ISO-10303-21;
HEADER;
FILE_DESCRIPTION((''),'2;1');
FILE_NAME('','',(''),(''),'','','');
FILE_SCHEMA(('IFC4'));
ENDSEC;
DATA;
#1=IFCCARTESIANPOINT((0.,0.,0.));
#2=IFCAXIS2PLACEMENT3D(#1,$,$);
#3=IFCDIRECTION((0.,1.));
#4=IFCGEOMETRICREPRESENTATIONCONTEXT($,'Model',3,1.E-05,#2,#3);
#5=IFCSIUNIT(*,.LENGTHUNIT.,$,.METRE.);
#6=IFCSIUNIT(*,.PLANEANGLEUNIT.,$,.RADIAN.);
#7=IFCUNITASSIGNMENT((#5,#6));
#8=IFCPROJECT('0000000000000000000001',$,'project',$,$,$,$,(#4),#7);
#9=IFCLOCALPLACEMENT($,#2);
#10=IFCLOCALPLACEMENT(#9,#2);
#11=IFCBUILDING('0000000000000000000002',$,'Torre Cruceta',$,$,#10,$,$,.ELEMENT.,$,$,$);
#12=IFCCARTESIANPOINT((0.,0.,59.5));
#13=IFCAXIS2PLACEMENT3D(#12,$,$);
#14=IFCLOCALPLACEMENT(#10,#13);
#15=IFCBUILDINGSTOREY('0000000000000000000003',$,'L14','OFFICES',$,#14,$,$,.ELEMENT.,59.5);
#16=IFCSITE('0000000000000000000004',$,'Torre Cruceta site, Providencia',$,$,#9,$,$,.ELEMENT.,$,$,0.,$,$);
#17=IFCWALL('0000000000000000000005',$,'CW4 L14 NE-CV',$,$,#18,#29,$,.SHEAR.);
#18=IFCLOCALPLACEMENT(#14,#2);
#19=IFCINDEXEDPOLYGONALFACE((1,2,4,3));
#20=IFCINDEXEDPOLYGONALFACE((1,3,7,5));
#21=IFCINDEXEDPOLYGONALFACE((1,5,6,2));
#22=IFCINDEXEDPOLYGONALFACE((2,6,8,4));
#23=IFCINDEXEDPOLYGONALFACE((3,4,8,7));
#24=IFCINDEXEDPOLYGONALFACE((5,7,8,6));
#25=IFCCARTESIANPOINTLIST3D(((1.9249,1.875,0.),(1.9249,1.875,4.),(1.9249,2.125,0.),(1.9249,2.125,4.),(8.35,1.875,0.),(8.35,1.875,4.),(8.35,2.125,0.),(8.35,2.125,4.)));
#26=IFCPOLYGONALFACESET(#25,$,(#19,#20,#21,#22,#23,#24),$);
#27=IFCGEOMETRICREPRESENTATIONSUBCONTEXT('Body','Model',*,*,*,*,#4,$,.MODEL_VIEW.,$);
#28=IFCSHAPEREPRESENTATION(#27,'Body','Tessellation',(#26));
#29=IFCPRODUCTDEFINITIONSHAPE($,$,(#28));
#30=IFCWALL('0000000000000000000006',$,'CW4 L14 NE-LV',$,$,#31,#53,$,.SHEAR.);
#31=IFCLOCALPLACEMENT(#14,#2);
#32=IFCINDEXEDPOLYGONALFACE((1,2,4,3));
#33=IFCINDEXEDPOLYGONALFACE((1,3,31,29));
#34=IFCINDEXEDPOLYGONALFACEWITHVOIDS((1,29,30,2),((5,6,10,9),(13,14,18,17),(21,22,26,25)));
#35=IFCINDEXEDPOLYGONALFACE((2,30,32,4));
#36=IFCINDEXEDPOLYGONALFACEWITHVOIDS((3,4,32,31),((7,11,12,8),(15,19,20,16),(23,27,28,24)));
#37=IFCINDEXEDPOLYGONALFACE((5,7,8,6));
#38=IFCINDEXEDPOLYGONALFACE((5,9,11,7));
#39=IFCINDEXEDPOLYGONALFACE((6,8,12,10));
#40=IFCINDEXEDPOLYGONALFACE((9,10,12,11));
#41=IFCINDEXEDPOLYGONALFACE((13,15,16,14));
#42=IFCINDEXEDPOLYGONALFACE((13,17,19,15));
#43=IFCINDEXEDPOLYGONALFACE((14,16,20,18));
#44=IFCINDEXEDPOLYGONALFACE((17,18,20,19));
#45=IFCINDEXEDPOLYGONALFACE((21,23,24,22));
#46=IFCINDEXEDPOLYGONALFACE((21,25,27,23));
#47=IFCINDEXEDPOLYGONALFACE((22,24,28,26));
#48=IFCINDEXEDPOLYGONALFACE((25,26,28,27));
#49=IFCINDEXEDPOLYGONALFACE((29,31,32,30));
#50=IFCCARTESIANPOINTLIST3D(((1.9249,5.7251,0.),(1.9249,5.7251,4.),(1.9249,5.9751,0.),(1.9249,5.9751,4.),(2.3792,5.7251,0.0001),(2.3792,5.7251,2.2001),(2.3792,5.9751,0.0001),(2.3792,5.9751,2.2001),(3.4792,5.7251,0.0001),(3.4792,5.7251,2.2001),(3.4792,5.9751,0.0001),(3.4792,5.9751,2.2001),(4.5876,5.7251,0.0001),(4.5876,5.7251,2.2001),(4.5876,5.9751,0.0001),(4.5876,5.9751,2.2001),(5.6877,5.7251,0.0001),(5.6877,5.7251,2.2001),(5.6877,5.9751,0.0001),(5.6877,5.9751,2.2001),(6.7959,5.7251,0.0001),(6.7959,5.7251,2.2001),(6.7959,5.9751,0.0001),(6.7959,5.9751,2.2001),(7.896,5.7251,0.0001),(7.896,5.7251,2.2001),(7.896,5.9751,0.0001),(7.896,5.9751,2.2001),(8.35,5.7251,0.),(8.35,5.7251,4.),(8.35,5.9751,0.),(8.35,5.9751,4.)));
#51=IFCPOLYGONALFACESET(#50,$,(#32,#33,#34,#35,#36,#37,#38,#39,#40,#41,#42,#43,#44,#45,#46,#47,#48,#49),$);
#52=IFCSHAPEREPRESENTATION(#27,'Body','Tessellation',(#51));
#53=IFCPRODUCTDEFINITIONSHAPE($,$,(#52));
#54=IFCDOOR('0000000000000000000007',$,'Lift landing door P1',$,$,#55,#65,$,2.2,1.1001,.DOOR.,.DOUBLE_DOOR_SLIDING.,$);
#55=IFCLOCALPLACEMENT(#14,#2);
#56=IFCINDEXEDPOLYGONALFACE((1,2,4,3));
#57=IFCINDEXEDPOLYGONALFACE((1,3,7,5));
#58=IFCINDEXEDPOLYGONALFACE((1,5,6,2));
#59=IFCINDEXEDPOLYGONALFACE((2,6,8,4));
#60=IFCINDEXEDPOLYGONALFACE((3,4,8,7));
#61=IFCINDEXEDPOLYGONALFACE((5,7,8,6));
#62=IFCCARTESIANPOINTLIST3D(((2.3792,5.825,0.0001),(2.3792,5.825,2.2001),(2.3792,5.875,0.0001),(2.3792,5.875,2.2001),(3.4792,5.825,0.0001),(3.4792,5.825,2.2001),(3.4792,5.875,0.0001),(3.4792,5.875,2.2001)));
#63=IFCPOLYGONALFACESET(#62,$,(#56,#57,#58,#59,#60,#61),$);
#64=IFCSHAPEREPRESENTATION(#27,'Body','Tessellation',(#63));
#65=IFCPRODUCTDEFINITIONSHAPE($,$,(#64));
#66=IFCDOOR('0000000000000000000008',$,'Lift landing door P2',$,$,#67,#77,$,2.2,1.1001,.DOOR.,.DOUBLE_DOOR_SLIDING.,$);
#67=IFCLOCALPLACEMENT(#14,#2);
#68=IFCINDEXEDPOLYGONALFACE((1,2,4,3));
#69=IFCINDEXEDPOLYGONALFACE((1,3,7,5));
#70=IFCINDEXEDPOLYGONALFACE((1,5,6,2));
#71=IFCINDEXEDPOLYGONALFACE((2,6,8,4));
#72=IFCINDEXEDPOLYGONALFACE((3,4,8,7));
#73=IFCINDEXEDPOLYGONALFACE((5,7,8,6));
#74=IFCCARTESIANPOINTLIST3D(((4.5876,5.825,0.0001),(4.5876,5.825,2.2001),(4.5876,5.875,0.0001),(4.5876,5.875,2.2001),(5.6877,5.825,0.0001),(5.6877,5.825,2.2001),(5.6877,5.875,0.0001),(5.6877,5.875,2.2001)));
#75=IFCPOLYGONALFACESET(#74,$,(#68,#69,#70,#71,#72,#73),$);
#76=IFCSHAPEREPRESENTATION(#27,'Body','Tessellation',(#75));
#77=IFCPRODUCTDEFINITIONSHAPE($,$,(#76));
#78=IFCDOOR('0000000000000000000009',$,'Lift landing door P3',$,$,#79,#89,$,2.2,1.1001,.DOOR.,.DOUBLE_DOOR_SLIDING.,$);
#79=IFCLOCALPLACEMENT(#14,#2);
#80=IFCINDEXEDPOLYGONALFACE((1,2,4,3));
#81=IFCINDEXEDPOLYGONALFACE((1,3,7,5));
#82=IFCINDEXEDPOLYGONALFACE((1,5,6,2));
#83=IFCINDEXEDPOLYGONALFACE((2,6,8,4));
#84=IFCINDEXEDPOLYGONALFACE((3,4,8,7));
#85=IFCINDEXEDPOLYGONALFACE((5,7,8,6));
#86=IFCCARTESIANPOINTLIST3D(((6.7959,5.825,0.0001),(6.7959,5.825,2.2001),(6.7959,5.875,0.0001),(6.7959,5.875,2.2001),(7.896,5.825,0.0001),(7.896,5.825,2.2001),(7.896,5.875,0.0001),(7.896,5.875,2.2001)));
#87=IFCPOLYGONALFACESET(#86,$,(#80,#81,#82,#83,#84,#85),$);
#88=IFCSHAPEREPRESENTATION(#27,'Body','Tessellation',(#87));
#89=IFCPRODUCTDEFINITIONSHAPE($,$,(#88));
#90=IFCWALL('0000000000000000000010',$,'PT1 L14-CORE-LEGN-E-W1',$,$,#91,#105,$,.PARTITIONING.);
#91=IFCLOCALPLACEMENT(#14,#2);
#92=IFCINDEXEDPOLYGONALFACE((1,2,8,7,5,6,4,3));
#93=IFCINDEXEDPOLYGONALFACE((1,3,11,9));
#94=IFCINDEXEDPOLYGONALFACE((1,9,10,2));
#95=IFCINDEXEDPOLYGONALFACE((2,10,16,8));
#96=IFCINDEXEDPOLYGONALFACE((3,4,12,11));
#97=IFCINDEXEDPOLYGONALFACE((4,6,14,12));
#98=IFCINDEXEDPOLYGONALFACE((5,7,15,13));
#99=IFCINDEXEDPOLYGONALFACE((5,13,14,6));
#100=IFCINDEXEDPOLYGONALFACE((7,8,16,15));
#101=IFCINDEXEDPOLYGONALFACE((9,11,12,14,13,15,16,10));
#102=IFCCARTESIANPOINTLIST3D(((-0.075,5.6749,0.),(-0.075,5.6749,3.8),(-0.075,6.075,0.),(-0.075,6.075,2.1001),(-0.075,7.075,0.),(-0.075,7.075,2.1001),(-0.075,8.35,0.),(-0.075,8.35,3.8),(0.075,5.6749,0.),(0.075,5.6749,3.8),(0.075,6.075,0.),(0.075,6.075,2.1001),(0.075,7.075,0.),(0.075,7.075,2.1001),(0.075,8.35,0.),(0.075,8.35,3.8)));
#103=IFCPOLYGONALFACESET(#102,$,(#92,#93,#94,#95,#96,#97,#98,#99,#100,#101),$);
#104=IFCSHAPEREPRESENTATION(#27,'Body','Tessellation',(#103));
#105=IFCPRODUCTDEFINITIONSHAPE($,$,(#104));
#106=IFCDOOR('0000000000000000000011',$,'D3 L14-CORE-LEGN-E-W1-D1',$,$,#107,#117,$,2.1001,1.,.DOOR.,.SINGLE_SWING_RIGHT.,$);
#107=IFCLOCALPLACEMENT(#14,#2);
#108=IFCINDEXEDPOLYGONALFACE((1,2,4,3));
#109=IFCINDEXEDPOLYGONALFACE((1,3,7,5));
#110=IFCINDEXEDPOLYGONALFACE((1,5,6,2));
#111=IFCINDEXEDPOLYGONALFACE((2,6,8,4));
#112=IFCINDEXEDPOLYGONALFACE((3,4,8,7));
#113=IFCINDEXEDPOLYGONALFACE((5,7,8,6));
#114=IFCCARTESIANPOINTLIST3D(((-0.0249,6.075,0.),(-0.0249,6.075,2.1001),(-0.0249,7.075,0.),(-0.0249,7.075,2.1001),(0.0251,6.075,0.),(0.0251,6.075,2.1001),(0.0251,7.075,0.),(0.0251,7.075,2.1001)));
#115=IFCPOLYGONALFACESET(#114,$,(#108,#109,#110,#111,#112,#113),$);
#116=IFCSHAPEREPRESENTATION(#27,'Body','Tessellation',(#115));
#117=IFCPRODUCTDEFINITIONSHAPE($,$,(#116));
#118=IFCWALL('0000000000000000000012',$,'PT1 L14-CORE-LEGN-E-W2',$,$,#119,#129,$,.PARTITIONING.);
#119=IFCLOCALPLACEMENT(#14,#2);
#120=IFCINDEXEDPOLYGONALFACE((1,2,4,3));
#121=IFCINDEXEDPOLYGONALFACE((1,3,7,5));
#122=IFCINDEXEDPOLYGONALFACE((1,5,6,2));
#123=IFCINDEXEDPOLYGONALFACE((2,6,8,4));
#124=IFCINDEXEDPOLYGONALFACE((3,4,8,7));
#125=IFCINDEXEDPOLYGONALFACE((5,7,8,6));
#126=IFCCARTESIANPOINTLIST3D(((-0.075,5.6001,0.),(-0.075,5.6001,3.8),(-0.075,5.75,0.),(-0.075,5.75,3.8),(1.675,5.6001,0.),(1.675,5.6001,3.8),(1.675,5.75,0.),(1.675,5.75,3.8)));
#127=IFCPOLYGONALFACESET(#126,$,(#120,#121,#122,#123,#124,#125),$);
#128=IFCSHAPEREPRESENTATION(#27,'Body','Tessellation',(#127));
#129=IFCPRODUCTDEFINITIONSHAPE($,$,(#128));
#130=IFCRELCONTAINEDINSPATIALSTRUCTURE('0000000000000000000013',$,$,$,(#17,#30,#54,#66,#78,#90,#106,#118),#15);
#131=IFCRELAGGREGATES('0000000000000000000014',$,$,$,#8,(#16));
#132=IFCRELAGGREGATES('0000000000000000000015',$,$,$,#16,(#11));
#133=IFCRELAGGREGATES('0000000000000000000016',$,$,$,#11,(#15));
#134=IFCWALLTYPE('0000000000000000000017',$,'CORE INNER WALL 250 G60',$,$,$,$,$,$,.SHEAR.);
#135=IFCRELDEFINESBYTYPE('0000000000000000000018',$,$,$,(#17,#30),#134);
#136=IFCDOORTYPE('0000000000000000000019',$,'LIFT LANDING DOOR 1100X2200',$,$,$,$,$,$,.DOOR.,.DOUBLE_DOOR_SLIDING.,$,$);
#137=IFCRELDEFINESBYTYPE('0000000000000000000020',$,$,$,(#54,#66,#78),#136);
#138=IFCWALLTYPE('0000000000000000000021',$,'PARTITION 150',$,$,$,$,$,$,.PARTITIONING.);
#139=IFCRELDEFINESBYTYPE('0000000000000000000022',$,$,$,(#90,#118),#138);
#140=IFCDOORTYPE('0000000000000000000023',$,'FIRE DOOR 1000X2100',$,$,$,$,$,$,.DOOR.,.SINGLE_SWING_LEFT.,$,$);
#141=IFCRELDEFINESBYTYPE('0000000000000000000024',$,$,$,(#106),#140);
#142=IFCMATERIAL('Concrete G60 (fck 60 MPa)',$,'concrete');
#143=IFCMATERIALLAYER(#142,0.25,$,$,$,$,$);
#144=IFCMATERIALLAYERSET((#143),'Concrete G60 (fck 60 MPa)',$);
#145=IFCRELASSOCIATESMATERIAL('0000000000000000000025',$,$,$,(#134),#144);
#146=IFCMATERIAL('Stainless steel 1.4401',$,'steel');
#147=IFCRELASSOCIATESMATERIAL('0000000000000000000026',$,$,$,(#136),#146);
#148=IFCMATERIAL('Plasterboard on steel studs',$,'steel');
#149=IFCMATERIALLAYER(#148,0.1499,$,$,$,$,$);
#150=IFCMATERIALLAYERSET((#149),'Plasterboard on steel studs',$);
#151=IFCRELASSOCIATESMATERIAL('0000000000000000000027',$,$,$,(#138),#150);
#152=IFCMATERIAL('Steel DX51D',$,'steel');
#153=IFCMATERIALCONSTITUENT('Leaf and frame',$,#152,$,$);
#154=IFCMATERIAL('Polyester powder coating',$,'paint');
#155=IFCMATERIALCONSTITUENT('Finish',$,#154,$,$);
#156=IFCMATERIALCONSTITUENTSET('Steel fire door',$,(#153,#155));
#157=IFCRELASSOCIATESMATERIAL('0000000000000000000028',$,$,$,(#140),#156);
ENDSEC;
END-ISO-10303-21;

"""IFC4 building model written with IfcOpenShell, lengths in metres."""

from ifc_helpers import new_model, si_unit, direction, frame, frame_2d, origin, place, context, subcontext, project, spatial, rectangle, extrude, material, layer, layer_set, constituent, constituent_set, type_object, element, fill, save


model = new_model("IFC4")

# Units and contexts
model_context = context("Model", 3, precision=1e-05, world=origin(), true_north=direction((0.0, 1.0)))
body_context = subcontext(model_context, "Body", "Model", "MODEL_VIEW")
ifc_project = project(units=[si_unit("LENGTHUNIT", "METRE"), si_unit("PLANEANGLEUNIT", "RADIAN")], contexts=[model_context])

# Site, building, storey
site_placement = place(None, origin())
site = spatial("IfcSite", under=ifc_project, at=site_placement, Name="Torre Cruceta site, Providencia", CompositionType="ELEMENT", RefElevation=0.0)
building_placement = place(site_placement, origin())
building = spatial("IfcBuilding", under=site, at=building_placement, Name="Torre Cruceta", CompositionType="ELEMENT")
storey_placement = place(building_placement, frame((0.0, 0.0, 59.5)))
storey = spatial("IfcBuildingStorey", under=building, at=storey_placement, Name="L14", Description="OFFICES", CompositionType="ELEMENT", Elevation=59.5)

# Shared definitions
ifc_material_1 = material(Name="Concrete G60 (fck 60 MPa)", Category="concrete")
ifc_layer_1 = layer(ifc_material_1, 0.25)
ifc_layer_set_1 = layer_set([ifc_layer_1], Name="Concrete G60 (fck 60 MPa)")
wall_type_1 = type_object("IfcWallType", Name="CORE INNER WALL 250 G60", PredefinedType="SHEAR", material=ifc_layer_set_1)

# Wall
wall_1_placement = place(storey_placement, frame((1.925, 2.0, 0.0), z_axis=(0.0, 0.0, 1.0), x_axis=(1.0, 0.0, 0.0)))
element("IfcWall", 1, at=wall_1_placement, inside=storey, type_object=wall_type_1, Name="CW4 L14 NE-CV", PredefinedType="SHEAR", context=body_context, shape_type="SweptSolid", body=[
    extrude(rectangle(XDim=6.425, YDim=0.25, at=frame_2d((3.2124, 0.0))), origin(), (0.0, 0.0, 1.0), 4.0),
])

# Wall, openings, doors
wall_2_placement = place(storey_placement, frame((1.925, 5.8501, 0.0), z_axis=(0.0, 0.0, 1.0), x_axis=(1.0, 0.0, 0.0)))
wall_2 = element("IfcWall", 2, at=wall_2_placement, inside=storey, type_object=wall_type_1, Name="CW4 L14 NE-LV", PredefinedType="SHEAR", context=body_context, shape_type="SweptSolid", body=[
    extrude(rectangle(XDim=6.425, YDim=0.25, at=frame_2d((3.2124, 0.0))), origin(), (0.0, 0.0, 1.0), 4.0),
])
opening_1_placement = place(wall_2_placement, frame((0.4541, 0.0, 0.0)))
opening_1 = element("IfcOpeningElement", 3, at=opening_1_placement, cuts=wall_2, PredefinedType="OPENING", context=body_context, shape_type="SweptSolid", body=[
    extrude(rectangle(XDim=1.1001, YDim=2.2, at=frame_2d((0.55, 1.1001))), frame((0.0, 0.135, 0.0), z_axis=(0.0, -1.0, 0.0), x_axis=(1.0, 0.0, 0.0)), (0.0, 0.0, 1.0), 0.27),
])
opening_2_placement = place(wall_2_placement, frame((2.6626, 0.0, 0.0)))
opening_2 = element("IfcOpeningElement", 4, at=opening_2_placement, cuts=wall_2, PredefinedType="OPENING", context=body_context, shape_type="SweptSolid", body=[
    extrude(rectangle(XDim=1.1001, YDim=2.2, at=frame_2d((0.55, 1.1001))), frame((0.0, 0.135, 0.0), z_axis=(0.0, -1.0, 0.0), x_axis=(1.0, 0.0, 0.0)), (0.0, 0.0, 1.0), 0.27),
])
opening_3_placement = place(wall_2_placement, frame((4.8708, 0.0, 0.0)))
opening_3 = element("IfcOpeningElement", 5, at=opening_3_placement, cuts=wall_2, PredefinedType="OPENING", context=body_context, shape_type="SweptSolid", body=[
    extrude(rectangle(XDim=1.1001, YDim=2.2, at=frame_2d((0.55, 1.1001))), frame((0.0, 0.135, 0.0), z_axis=(0.0, -1.0, 0.0), x_axis=(1.0, 0.0, 0.0)), (0.0, 0.0, 1.0), 0.27),
])
ifc_material_2 = material(Name="Stainless steel 1.4401", Category="steel")
door_type_1 = type_object("IfcDoorType", Name="LIFT LANDING DOOR 1100X2200", OperationType="DOUBLE_DOOR_SLIDING", PredefinedType="DOOR", material=ifc_material_2)
door_1_placement = place(opening_1_placement, origin())
door_1 = element("IfcDoor", 6, at=door_1_placement, inside=storey, type_object=door_type_1, Name="Lift landing door P1", OperationType="DOUBLE_DOOR_SLIDING", OverallHeight=2.2, OverallWidth=1.1001, PredefinedType="DOOR", context=body_context, shape_type="SweptSolid", body=[
    extrude(rectangle(XDim=1.1001, YDim=2.2, at=frame_2d((0.55, 1.1001))), frame((0.0, 0.0249, 0.0), z_axis=(0.0, -1.0, 0.0), x_axis=(1.0, 0.0, 0.0)), (0.0, 0.0, 1.0), 0.05),
])
fill(opening_1, door_1)
door_2_placement = place(opening_2_placement, origin())
door_2 = element("IfcDoor", 7, at=door_2_placement, inside=storey, type_object=door_type_1, Name="Lift landing door P2", OperationType="DOUBLE_DOOR_SLIDING", OverallHeight=2.2, OverallWidth=1.1001, PredefinedType="DOOR", context=body_context, shape_type="SweptSolid", body=[
    extrude(rectangle(XDim=1.1001, YDim=2.2, at=frame_2d((0.55, 1.1001))), frame((0.0, 0.0249, 0.0), z_axis=(0.0, -1.0, 0.0), x_axis=(1.0, 0.0, 0.0)), (0.0, 0.0, 1.0), 0.05),
])
fill(opening_2, door_2)
door_3_placement = place(opening_3_placement, origin())
door_3 = element("IfcDoor", 8, at=door_3_placement, inside=storey, type_object=door_type_1, Name="Lift landing door P3", OperationType="DOUBLE_DOOR_SLIDING", OverallHeight=2.2, OverallWidth=1.1001, PredefinedType="DOOR", context=body_context, shape_type="SweptSolid", body=[
    extrude(rectangle(XDim=1.1001, YDim=2.2, at=frame_2d((0.55, 1.1001))), frame((0.0, 0.0249, 0.0), z_axis=(0.0, -1.0, 0.0), x_axis=(1.0, 0.0, 0.0)), (0.0, 0.0, 1.0), 0.05),
])
fill(opening_3, door_3)

# Wall, opening, door
ifc_material_3 = material(Name="Plasterboard on steel studs", Category="steel")
ifc_layer_2 = layer(ifc_material_3, 0.1499)
ifc_layer_set_2 = layer_set([ifc_layer_2], Name="Plasterboard on steel studs")
wall_type_2 = type_object("IfcWallType", Name="PARTITION 150", PredefinedType="PARTITIONING", material=ifc_layer_set_2)
wall_3_placement = place(storey_placement, frame((0.0, 5.675, 0.0), z_axis=(0.0, 0.0, 1.0), x_axis=(0.0, 1.0, 0.0)))
wall_3 = element("IfcWall", 9, at=wall_3_placement, inside=storey, type_object=wall_type_2, Name="PT1 L14-CORE-LEGN-E-W1", PredefinedType="PARTITIONING", context=body_context, shape_type="SweptSolid", body=[
    extrude(rectangle(XDim=2.675, YDim=0.1499, at=frame_2d((1.3374, 0.0))), origin(), (0.0, 0.0, 1.0), 3.8),
])
opening_4_placement = place(wall_3_placement, frame((0.3999, 0.0, 0.0)))
opening_4 = element("IfcOpeningElement", 10, at=opening_4_placement, cuts=wall_3, PredefinedType="OPENING", context=body_context, shape_type="SweptSolid", body=[
    extrude(rectangle(XDim=1.0, YDim=2.1001, at=frame_2d((0.5, 1.05))), frame((0.0, 0.085, 0.0), z_axis=(0.0, -1.0, 0.0), x_axis=(1.0, 0.0, 0.0)), (0.0, 0.0, 1.0), 0.1699),
])
ifc_material_4 = material(Name="Steel DX51D", Category="steel")
ifc_constituent_1 = constituent(ifc_material_4, Name="Leaf and frame")
ifc_material_5 = material(Name="Polyester powder coating", Category="paint")
ifc_constituent_2 = constituent(ifc_material_5, Name="Finish")
ifc_constituent_set_1 = constituent_set(constituents=[ifc_constituent_1, ifc_constituent_2], Name="Steel fire door")
door_type_2 = type_object("IfcDoorType", Name="FIRE DOOR 1000X2100", OperationType="SINGLE_SWING_LEFT", PredefinedType="DOOR", material=ifc_constituent_set_1)
door_4_placement = place(opening_4_placement, frame((1.0, 0.0, 0.0), z_axis=(0.0, 0.0, 1.0), x_axis=(-1.0, 0.0, 0.0)))
door_4 = element("IfcDoor", 11, at=door_4_placement, inside=storey, type_object=door_type_2, Name="D3 L14-CORE-LEGN-E-W1-D1", OperationType="SINGLE_SWING_RIGHT", OverallHeight=2.1001, OverallWidth=1.0, PredefinedType="DOOR", context=body_context, shape_type="SweptSolid", body=[
    extrude(rectangle(XDim=1.0, YDim=2.1001, at=frame_2d((0.5, 1.05))), frame((0.0, 0.0251, 0.0), z_axis=(0.0, -1.0, 0.0), x_axis=(1.0, 0.0, 0.0)), (0.0, 0.0, 1.0), 0.05),
])
fill(opening_4, door_4)

# Wall
wall_4_placement = place(storey_placement, frame((1.675, 5.675, 0.0), z_axis=(0.0, 0.0, 1.0), x_axis=(-1.0, 0.0, 0.0)))
element("IfcWall", 12, at=wall_4_placement, inside=storey, type_object=wall_type_2, Name="PT1 L14-CORE-LEGN-E-W2", PredefinedType="PARTITIONING", context=body_context, shape_type="SweptSolid", body=[
    extrude(rectangle(XDim=1.75, YDim=0.1499, at=frame_2d((0.875, 0.0))), origin(), (0.0, 0.0, 1.0), 3.8),
])

save(model, "model.ifc")
